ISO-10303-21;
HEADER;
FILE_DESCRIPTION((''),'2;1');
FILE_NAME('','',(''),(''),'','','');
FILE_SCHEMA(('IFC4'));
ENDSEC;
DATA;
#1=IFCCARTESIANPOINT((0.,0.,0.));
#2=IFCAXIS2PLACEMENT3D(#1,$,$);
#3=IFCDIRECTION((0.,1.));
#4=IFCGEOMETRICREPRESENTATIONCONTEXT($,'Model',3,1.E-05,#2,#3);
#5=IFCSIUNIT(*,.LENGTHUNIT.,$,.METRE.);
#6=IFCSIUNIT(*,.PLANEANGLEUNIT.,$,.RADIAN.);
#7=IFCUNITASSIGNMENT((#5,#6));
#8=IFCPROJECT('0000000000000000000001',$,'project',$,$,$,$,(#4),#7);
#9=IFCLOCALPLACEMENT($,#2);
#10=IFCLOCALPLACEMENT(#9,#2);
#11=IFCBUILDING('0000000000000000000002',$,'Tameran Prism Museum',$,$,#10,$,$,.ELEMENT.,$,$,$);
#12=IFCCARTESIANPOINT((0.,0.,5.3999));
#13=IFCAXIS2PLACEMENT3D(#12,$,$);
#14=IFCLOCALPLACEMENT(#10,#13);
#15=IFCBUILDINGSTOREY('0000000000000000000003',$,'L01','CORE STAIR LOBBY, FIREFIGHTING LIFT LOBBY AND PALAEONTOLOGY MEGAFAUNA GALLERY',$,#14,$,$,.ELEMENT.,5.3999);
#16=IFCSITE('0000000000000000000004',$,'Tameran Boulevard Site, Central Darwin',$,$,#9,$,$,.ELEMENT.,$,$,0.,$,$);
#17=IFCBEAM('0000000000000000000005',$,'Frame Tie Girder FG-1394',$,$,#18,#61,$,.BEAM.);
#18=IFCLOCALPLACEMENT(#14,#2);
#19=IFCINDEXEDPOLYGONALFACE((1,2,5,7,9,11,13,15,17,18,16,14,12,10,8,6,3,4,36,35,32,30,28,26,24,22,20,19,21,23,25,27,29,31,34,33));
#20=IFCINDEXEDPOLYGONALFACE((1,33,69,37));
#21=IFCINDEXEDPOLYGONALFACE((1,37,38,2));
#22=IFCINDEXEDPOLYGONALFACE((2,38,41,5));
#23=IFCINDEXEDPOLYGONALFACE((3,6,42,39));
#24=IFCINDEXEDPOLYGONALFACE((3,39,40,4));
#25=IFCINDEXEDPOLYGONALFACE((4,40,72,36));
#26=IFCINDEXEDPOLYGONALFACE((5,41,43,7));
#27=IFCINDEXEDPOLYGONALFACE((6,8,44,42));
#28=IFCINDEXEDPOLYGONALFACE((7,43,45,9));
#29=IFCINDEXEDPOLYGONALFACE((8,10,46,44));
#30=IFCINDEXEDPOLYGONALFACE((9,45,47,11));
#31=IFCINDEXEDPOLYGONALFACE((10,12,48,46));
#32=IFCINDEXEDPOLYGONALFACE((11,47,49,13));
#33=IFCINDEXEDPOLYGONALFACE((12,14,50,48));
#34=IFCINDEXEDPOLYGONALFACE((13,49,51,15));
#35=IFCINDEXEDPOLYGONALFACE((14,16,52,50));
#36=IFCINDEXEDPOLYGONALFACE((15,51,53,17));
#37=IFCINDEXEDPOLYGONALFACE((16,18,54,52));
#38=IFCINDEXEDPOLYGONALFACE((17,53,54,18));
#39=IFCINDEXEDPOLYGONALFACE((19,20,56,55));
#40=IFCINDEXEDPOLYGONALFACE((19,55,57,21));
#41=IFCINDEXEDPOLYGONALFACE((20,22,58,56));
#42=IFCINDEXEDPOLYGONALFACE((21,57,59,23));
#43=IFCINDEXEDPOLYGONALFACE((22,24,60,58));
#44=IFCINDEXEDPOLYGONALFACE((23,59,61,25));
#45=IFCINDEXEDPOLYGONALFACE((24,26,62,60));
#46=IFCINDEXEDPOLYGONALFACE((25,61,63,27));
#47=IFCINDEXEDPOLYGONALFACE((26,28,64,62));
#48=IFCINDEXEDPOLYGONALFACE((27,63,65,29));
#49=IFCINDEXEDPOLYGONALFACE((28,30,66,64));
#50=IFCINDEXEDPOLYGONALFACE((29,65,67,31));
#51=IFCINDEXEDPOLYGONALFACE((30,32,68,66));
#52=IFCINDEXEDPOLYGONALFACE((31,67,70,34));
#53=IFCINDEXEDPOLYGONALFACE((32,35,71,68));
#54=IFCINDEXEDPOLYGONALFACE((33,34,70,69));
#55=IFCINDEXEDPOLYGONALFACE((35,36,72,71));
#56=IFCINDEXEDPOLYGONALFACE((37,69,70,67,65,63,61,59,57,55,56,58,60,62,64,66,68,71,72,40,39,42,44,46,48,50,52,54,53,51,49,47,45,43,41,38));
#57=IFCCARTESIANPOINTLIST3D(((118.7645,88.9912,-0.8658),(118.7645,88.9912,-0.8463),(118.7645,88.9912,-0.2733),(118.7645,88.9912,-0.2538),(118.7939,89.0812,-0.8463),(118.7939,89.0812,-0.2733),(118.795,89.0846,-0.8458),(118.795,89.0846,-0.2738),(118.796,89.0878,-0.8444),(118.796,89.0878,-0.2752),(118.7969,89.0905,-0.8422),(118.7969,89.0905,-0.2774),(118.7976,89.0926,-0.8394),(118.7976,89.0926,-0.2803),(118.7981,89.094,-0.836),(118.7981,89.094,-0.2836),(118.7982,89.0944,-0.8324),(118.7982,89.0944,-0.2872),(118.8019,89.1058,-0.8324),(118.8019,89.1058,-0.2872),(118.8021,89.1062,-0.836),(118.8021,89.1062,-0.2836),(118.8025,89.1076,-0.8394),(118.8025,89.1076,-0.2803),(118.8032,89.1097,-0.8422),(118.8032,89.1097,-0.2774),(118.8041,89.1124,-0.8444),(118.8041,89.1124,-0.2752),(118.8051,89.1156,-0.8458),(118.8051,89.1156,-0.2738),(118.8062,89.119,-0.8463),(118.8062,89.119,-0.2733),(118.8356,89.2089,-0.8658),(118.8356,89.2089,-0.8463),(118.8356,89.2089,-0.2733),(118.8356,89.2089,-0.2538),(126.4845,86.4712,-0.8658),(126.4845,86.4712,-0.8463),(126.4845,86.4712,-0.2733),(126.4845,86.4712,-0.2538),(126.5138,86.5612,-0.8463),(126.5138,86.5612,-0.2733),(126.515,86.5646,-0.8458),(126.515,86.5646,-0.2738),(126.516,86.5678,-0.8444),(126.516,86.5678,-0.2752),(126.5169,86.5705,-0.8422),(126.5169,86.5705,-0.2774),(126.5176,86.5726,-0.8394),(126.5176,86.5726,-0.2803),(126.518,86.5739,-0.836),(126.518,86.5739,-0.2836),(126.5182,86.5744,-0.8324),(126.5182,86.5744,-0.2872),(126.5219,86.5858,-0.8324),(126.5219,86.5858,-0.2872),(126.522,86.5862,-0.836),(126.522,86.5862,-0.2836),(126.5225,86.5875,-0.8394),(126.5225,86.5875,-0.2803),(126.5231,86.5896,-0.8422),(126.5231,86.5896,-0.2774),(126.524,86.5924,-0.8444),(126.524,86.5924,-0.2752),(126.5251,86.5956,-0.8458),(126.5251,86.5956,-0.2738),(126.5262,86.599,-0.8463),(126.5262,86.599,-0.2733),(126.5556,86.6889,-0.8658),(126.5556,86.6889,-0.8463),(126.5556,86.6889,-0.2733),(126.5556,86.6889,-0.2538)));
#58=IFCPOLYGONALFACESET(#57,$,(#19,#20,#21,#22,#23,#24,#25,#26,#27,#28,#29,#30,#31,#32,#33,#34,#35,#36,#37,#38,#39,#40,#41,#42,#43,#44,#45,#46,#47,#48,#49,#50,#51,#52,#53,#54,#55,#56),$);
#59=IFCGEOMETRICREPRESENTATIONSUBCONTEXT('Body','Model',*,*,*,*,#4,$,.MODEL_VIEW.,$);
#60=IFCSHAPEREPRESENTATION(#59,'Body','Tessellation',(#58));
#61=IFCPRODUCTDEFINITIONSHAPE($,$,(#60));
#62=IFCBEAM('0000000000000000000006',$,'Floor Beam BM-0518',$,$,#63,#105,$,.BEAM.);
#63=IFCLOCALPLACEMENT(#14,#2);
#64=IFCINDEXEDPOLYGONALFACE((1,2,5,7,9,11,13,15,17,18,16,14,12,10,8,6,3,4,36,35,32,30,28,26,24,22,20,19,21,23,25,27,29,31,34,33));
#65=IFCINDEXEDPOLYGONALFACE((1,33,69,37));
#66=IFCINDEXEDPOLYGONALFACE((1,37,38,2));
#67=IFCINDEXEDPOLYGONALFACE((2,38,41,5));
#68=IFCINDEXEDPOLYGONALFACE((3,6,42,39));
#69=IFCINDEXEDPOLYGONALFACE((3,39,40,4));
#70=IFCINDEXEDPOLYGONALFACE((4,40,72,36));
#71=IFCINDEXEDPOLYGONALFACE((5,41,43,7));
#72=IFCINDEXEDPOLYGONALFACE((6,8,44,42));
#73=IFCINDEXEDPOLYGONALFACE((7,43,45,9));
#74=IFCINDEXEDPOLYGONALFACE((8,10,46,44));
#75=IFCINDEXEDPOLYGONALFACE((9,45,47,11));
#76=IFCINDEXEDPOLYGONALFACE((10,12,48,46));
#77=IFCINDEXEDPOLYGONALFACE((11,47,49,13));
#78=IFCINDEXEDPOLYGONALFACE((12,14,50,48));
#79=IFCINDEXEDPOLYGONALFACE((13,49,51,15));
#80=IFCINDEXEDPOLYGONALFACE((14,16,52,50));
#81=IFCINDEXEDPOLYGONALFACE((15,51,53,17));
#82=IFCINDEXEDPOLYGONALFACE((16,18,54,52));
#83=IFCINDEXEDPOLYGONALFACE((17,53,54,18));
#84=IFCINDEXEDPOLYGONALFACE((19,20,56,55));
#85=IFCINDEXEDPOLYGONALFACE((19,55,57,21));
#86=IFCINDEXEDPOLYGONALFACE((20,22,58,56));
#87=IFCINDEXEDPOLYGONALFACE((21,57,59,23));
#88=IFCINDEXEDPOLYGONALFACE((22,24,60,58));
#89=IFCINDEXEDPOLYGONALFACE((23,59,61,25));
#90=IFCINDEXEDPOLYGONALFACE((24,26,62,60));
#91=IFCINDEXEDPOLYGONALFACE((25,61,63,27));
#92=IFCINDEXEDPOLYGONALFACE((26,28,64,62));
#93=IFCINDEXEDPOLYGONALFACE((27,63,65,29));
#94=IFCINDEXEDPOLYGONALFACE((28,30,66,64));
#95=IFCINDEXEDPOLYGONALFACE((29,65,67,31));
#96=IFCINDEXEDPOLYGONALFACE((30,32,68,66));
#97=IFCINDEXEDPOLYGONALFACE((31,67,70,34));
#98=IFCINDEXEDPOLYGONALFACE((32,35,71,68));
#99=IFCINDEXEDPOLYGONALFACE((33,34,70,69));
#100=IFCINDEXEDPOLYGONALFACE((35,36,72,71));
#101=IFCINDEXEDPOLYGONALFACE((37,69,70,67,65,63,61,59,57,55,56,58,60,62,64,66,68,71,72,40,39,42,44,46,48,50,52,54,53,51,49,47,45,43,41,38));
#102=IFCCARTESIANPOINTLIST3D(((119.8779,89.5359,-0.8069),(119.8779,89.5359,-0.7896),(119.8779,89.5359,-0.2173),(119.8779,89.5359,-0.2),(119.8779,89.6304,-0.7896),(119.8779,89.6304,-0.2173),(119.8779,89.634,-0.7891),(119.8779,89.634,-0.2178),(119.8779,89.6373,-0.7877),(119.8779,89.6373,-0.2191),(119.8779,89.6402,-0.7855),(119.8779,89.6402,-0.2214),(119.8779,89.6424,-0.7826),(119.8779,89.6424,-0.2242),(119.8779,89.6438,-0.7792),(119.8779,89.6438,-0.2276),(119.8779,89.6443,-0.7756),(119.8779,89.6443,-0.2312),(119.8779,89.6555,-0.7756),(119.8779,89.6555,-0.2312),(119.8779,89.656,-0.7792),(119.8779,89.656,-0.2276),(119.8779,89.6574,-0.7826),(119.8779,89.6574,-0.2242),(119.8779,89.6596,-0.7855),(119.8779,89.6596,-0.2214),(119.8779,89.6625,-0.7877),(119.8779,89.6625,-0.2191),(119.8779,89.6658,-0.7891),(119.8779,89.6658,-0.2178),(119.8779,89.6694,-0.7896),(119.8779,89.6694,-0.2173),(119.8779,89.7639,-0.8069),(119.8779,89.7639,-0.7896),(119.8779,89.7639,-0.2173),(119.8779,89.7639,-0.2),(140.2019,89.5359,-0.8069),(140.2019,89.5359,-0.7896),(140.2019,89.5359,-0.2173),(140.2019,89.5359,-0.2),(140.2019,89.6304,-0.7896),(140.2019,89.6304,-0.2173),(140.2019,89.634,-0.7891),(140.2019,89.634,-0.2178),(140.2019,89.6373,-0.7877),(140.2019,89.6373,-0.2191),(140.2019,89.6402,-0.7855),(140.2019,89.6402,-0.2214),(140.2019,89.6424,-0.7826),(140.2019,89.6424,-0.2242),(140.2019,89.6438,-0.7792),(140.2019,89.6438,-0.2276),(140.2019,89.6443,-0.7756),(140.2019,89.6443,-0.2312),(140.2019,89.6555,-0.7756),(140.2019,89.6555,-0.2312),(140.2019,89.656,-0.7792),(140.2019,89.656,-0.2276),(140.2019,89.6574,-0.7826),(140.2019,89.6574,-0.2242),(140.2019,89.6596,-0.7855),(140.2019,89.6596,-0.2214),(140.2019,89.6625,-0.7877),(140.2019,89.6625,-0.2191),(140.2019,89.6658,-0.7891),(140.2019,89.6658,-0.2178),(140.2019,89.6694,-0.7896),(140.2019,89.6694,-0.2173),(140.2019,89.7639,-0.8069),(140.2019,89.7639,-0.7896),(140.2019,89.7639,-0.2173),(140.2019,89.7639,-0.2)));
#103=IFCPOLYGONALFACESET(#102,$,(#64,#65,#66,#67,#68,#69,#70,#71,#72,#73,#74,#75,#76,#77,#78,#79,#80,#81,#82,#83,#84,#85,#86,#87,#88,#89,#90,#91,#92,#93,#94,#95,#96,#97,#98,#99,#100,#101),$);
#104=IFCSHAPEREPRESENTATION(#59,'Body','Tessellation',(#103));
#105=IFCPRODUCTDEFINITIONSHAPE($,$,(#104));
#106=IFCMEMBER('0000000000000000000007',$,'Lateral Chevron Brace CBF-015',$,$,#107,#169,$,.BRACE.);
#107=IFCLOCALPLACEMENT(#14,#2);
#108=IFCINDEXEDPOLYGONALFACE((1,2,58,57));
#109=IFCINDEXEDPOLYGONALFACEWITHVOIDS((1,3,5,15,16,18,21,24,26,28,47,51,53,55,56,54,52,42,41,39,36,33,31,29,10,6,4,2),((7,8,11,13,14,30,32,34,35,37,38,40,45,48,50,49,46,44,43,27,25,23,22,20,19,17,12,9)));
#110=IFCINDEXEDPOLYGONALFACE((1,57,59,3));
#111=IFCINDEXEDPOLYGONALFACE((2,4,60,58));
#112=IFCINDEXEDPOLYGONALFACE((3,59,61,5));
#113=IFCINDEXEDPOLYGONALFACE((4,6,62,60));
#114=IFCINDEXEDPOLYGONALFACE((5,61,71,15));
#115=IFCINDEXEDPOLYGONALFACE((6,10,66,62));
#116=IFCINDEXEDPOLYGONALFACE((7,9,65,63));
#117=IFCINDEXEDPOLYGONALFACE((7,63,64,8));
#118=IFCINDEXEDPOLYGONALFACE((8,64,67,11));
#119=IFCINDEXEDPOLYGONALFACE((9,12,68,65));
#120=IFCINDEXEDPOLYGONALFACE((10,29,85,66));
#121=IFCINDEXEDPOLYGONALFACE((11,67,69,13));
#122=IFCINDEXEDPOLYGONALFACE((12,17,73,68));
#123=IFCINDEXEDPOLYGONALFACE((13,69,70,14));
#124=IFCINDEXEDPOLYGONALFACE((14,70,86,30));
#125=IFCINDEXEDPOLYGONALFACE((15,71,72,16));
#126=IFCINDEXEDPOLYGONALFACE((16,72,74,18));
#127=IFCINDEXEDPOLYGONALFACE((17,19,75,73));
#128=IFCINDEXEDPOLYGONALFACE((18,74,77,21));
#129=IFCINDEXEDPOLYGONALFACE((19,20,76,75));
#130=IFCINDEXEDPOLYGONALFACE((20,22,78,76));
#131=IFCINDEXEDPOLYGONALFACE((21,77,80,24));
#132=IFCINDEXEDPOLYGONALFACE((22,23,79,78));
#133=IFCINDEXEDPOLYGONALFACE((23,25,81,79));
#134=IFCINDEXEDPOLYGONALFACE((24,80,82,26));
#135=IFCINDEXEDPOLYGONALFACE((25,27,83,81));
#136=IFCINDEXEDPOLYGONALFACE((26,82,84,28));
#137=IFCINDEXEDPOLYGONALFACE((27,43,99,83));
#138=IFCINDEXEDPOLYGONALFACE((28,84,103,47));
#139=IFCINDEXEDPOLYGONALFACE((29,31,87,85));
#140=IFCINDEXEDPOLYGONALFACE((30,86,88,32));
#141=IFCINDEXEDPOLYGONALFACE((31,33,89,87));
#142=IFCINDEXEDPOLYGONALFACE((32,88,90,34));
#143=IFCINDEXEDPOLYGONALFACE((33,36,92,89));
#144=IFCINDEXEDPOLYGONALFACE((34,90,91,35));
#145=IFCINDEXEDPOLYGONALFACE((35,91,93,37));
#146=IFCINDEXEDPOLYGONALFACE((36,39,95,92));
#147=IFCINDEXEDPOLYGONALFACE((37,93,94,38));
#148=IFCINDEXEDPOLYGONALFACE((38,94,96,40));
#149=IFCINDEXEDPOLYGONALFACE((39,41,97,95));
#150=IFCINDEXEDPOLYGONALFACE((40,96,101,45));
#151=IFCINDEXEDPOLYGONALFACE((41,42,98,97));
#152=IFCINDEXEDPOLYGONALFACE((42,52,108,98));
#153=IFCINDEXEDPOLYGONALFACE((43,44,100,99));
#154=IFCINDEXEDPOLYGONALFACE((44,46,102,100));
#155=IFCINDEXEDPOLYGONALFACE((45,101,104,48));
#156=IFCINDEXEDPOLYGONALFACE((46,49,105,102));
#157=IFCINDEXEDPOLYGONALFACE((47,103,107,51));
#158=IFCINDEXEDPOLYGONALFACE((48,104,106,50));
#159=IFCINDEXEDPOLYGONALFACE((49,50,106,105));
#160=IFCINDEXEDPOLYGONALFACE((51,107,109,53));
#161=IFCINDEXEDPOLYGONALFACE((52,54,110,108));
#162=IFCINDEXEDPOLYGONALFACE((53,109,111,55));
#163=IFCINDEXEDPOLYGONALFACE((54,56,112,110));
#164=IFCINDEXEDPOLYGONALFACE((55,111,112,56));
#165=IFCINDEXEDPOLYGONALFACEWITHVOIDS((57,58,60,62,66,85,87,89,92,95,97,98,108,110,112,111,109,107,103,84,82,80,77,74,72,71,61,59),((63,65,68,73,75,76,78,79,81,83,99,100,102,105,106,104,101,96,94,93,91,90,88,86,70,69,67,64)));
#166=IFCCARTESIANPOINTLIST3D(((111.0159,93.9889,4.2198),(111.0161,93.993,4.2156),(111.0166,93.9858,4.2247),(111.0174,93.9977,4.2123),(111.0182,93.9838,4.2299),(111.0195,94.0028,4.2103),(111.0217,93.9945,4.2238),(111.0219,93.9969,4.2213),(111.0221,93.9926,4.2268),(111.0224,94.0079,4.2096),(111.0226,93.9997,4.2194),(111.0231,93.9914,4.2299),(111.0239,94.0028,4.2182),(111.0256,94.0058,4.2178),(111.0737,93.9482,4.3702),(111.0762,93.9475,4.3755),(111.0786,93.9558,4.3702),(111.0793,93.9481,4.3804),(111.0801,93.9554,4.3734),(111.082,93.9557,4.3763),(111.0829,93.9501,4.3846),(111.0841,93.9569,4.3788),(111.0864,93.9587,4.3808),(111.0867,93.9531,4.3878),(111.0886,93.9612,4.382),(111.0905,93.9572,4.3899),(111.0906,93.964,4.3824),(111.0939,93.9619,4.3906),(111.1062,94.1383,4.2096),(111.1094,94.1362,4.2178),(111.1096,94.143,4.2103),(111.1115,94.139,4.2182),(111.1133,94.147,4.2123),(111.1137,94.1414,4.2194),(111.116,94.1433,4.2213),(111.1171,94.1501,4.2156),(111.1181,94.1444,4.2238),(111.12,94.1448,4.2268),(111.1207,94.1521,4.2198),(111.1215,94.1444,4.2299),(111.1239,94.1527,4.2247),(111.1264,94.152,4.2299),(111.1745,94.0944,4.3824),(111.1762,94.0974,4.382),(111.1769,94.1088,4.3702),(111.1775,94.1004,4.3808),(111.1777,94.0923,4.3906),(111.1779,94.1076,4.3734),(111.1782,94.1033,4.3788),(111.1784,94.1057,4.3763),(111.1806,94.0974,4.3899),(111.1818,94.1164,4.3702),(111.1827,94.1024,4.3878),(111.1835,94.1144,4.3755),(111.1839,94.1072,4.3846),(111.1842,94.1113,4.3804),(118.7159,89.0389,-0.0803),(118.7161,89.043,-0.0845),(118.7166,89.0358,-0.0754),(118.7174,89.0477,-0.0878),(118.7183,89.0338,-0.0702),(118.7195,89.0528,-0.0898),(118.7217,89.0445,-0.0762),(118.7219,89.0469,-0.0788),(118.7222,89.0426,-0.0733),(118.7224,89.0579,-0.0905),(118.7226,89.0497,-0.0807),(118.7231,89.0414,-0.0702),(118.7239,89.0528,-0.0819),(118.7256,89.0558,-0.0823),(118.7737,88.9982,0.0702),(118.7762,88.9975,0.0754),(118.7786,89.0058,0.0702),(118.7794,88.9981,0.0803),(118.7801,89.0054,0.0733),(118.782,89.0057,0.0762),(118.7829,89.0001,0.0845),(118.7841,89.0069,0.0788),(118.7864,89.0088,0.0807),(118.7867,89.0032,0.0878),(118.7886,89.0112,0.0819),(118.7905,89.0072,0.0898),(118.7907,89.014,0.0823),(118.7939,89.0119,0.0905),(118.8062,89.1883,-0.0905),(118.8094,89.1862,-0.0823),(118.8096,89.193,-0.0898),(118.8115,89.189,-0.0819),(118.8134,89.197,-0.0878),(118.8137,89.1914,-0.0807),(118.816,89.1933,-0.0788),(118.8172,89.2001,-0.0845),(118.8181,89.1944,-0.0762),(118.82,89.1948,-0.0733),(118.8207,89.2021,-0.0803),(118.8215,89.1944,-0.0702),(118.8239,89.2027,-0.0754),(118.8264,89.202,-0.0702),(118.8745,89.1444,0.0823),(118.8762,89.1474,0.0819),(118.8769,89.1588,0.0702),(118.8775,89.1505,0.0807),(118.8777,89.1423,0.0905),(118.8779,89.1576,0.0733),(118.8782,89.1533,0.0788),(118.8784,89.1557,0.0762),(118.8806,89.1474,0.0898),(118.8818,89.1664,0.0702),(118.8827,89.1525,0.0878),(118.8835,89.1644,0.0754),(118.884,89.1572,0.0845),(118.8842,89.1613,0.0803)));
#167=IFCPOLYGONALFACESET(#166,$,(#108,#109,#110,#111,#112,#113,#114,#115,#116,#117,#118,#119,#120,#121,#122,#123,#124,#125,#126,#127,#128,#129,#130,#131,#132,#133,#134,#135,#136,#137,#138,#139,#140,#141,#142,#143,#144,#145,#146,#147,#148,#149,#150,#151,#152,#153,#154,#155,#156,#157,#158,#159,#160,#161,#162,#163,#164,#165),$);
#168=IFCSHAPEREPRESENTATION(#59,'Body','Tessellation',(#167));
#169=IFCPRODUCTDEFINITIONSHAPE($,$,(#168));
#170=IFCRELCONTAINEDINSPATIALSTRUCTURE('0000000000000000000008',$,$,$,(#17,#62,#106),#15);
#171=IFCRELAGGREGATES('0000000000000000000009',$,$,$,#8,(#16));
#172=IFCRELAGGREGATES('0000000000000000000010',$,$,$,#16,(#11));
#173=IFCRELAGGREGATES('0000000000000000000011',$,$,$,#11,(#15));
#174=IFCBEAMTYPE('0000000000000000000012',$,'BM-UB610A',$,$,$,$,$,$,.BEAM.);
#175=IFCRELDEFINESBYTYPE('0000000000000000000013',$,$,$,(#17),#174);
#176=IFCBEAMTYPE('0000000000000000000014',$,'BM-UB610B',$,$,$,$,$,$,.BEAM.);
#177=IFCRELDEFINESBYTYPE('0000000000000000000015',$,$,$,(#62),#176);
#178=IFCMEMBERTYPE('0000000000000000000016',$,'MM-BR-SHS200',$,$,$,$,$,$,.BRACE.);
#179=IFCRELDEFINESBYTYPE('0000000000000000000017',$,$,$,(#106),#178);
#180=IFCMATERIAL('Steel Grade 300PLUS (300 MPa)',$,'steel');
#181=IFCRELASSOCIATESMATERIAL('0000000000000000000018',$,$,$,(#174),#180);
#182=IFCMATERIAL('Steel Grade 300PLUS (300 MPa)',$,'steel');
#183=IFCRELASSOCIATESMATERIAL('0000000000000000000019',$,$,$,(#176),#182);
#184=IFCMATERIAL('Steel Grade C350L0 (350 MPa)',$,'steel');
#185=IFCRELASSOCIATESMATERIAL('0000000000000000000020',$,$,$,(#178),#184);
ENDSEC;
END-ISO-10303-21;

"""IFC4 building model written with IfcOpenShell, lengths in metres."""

from ifc_helpers import new_model, si_unit, direction, frame, origin, origin_2d, place, context, subcontext, project, spatial, hollow_rectangle, i_section, extrude, material, material_profile, profile_set, type_object, element, save


model = new_model("IFC4")

# Units and contexts
model_context = context("Model", 3, precision=1e-05, world=origin(), true_north=direction((0.0, 1.0)))
body_context = subcontext(model_context, "Body", "Model", "MODEL_VIEW")
ifc_project = project(units=[si_unit("LENGTHUNIT", "METRE"), si_unit("PLANEANGLEUNIT", "RADIAN")], contexts=[model_context])

# Site, building, storey
site_placement = place(None, origin())
site = spatial("IfcSite", under=ifc_project, at=site_placement, Name="Tameran Boulevard Site, Central Darwin", CompositionType="ELEMENT", RefElevation=0.0)
building_placement = place(site_placement, origin())
building = spatial("IfcBuilding", under=site, at=building_placement, Name="Tameran Prism Museum", CompositionType="ELEMENT")
storey_placement = place(building_placement, frame((0.0, 0.0, 5.3999)))
storey = spatial("IfcBuildingStorey", under=building, at=storey_placement, Name="L01", Description="CORE STAIR LOBBY, FIREFIGHTING LIFT LOBBY AND PALAEONTOLOGY MEGAFAUNA GALLERY", CompositionType="ELEMENT", Elevation=5.3999)

# Beams
ifc_material_1 = material(Name="Steel Grade 300PLUS (300 MPa)", Category="steel")
ifc_material_profile_1 = material_profile(ifc_material_1, i_section(OverallWidth=0.229, OverallDepth=0.6121, WebThickness=0.012, FlangeThickness=0.0195, FilletRadius=0.0139, at=origin_2d()))
ifc_profile_set_1 = profile_set([ifc_material_profile_1])
beam_type_1 = type_object("IfcBeamType", Name="BM-UB610A", PredefinedType="BEAM", material=ifc_profile_set_1)
beam_1_placement = place(storey_placement, frame((126.52, 86.5801, -0.5598), z_axis=(-0.950634, 0.310314, 0.0), x_axis=(-0.310314, -0.950634, 0.0)))
element("IfcBeam", 1, at=beam_1_placement, inside=storey, type_object=beam_type_1, Name="Frame Tie Girder FG-1394", PredefinedType="BEAM", context=body_context, shape_type="SweptSolid", body=[
    extrude(i_section(OverallWidth=0.229, OverallDepth=0.6121, WebThickness=0.012, FlangeThickness=0.0195, FilletRadius=0.0139, at=origin_2d()), origin(), (0.0, 0.0, 1.0), 8.1208),
])
ifc_material_2 = material(Name="Steel Grade 300PLUS (300 MPa)", Category="steel")
ifc_material_profile_2 = material_profile(ifc_material_2, i_section(OverallWidth=0.228, OverallDepth=0.6069, WebThickness=0.0112, FlangeThickness=0.0173, FilletRadius=0.0139, at=origin_2d()))
ifc_profile_set_2 = profile_set([ifc_material_profile_2])
beam_type_2 = type_object("IfcBeamType", Name="BM-UB610B", PredefinedType="BEAM", material=ifc_profile_set_2)
beam_2_placement = place(storey_placement, frame((119.8779, 89.6499, -0.5034), z_axis=(1.0, 0.0, 0.0), x_axis=(0.0, 1.0, 0.0)))
element("IfcBeam", 2, at=beam_2_placement, inside=storey, type_object=beam_type_2, Name="Floor Beam BM-0518", PredefinedType="BEAM", context=body_context, shape_type="SweptSolid", body=[
    extrude(i_section(OverallWidth=0.228, OverallDepth=0.6069, WebThickness=0.0112, FlangeThickness=0.0173, FilletRadius=0.0139, at=origin_2d()), origin(), (0.0, 0.0, 1.0), 20.324),
])

# Member
ifc_material_3 = material(Name="Steel Grade C350L0 (350 MPa)", Category="steel")
ifc_material_profile_3 = material_profile(ifc_material_3, hollow_rectangle(XDim=0.2, YDim=0.2, WallThickness=0.009, InnerFilletRadius=0.0134, OuterFilletRadius=0.0225, at=origin_2d()))
ifc_profile_set_3 = profile_set([ifc_material_profile_3])
member_type = type_object("IfcMemberType", Name="MM-BR-SHS200", PredefinedType="BRACE", material=ifc_profile_set_3)
member_placement = place(storey_placement, frame((118.8, 89.1001, 0.0), z_axis=(-0.761358, 0.489443, 0.425182), x_axis=(-0.540756, -0.841179, 0.0)))
element("IfcMember", 3, at=member_placement, inside=storey, type_object=member_type, Name="Lateral Chevron Brace CBF-015", PredefinedType="BRACE", context=body_context, shape_type="SweptSolid", body=[
    extrude(hollow_rectangle(XDim=0.2, YDim=0.2, WallThickness=0.009, InnerFilletRadius=0.0134, OuterFilletRadius=0.0225, at=origin_2d()), origin(), (0.0, 0.0, 1.0), 10.1135),
])

save(model, "model.ifc")
